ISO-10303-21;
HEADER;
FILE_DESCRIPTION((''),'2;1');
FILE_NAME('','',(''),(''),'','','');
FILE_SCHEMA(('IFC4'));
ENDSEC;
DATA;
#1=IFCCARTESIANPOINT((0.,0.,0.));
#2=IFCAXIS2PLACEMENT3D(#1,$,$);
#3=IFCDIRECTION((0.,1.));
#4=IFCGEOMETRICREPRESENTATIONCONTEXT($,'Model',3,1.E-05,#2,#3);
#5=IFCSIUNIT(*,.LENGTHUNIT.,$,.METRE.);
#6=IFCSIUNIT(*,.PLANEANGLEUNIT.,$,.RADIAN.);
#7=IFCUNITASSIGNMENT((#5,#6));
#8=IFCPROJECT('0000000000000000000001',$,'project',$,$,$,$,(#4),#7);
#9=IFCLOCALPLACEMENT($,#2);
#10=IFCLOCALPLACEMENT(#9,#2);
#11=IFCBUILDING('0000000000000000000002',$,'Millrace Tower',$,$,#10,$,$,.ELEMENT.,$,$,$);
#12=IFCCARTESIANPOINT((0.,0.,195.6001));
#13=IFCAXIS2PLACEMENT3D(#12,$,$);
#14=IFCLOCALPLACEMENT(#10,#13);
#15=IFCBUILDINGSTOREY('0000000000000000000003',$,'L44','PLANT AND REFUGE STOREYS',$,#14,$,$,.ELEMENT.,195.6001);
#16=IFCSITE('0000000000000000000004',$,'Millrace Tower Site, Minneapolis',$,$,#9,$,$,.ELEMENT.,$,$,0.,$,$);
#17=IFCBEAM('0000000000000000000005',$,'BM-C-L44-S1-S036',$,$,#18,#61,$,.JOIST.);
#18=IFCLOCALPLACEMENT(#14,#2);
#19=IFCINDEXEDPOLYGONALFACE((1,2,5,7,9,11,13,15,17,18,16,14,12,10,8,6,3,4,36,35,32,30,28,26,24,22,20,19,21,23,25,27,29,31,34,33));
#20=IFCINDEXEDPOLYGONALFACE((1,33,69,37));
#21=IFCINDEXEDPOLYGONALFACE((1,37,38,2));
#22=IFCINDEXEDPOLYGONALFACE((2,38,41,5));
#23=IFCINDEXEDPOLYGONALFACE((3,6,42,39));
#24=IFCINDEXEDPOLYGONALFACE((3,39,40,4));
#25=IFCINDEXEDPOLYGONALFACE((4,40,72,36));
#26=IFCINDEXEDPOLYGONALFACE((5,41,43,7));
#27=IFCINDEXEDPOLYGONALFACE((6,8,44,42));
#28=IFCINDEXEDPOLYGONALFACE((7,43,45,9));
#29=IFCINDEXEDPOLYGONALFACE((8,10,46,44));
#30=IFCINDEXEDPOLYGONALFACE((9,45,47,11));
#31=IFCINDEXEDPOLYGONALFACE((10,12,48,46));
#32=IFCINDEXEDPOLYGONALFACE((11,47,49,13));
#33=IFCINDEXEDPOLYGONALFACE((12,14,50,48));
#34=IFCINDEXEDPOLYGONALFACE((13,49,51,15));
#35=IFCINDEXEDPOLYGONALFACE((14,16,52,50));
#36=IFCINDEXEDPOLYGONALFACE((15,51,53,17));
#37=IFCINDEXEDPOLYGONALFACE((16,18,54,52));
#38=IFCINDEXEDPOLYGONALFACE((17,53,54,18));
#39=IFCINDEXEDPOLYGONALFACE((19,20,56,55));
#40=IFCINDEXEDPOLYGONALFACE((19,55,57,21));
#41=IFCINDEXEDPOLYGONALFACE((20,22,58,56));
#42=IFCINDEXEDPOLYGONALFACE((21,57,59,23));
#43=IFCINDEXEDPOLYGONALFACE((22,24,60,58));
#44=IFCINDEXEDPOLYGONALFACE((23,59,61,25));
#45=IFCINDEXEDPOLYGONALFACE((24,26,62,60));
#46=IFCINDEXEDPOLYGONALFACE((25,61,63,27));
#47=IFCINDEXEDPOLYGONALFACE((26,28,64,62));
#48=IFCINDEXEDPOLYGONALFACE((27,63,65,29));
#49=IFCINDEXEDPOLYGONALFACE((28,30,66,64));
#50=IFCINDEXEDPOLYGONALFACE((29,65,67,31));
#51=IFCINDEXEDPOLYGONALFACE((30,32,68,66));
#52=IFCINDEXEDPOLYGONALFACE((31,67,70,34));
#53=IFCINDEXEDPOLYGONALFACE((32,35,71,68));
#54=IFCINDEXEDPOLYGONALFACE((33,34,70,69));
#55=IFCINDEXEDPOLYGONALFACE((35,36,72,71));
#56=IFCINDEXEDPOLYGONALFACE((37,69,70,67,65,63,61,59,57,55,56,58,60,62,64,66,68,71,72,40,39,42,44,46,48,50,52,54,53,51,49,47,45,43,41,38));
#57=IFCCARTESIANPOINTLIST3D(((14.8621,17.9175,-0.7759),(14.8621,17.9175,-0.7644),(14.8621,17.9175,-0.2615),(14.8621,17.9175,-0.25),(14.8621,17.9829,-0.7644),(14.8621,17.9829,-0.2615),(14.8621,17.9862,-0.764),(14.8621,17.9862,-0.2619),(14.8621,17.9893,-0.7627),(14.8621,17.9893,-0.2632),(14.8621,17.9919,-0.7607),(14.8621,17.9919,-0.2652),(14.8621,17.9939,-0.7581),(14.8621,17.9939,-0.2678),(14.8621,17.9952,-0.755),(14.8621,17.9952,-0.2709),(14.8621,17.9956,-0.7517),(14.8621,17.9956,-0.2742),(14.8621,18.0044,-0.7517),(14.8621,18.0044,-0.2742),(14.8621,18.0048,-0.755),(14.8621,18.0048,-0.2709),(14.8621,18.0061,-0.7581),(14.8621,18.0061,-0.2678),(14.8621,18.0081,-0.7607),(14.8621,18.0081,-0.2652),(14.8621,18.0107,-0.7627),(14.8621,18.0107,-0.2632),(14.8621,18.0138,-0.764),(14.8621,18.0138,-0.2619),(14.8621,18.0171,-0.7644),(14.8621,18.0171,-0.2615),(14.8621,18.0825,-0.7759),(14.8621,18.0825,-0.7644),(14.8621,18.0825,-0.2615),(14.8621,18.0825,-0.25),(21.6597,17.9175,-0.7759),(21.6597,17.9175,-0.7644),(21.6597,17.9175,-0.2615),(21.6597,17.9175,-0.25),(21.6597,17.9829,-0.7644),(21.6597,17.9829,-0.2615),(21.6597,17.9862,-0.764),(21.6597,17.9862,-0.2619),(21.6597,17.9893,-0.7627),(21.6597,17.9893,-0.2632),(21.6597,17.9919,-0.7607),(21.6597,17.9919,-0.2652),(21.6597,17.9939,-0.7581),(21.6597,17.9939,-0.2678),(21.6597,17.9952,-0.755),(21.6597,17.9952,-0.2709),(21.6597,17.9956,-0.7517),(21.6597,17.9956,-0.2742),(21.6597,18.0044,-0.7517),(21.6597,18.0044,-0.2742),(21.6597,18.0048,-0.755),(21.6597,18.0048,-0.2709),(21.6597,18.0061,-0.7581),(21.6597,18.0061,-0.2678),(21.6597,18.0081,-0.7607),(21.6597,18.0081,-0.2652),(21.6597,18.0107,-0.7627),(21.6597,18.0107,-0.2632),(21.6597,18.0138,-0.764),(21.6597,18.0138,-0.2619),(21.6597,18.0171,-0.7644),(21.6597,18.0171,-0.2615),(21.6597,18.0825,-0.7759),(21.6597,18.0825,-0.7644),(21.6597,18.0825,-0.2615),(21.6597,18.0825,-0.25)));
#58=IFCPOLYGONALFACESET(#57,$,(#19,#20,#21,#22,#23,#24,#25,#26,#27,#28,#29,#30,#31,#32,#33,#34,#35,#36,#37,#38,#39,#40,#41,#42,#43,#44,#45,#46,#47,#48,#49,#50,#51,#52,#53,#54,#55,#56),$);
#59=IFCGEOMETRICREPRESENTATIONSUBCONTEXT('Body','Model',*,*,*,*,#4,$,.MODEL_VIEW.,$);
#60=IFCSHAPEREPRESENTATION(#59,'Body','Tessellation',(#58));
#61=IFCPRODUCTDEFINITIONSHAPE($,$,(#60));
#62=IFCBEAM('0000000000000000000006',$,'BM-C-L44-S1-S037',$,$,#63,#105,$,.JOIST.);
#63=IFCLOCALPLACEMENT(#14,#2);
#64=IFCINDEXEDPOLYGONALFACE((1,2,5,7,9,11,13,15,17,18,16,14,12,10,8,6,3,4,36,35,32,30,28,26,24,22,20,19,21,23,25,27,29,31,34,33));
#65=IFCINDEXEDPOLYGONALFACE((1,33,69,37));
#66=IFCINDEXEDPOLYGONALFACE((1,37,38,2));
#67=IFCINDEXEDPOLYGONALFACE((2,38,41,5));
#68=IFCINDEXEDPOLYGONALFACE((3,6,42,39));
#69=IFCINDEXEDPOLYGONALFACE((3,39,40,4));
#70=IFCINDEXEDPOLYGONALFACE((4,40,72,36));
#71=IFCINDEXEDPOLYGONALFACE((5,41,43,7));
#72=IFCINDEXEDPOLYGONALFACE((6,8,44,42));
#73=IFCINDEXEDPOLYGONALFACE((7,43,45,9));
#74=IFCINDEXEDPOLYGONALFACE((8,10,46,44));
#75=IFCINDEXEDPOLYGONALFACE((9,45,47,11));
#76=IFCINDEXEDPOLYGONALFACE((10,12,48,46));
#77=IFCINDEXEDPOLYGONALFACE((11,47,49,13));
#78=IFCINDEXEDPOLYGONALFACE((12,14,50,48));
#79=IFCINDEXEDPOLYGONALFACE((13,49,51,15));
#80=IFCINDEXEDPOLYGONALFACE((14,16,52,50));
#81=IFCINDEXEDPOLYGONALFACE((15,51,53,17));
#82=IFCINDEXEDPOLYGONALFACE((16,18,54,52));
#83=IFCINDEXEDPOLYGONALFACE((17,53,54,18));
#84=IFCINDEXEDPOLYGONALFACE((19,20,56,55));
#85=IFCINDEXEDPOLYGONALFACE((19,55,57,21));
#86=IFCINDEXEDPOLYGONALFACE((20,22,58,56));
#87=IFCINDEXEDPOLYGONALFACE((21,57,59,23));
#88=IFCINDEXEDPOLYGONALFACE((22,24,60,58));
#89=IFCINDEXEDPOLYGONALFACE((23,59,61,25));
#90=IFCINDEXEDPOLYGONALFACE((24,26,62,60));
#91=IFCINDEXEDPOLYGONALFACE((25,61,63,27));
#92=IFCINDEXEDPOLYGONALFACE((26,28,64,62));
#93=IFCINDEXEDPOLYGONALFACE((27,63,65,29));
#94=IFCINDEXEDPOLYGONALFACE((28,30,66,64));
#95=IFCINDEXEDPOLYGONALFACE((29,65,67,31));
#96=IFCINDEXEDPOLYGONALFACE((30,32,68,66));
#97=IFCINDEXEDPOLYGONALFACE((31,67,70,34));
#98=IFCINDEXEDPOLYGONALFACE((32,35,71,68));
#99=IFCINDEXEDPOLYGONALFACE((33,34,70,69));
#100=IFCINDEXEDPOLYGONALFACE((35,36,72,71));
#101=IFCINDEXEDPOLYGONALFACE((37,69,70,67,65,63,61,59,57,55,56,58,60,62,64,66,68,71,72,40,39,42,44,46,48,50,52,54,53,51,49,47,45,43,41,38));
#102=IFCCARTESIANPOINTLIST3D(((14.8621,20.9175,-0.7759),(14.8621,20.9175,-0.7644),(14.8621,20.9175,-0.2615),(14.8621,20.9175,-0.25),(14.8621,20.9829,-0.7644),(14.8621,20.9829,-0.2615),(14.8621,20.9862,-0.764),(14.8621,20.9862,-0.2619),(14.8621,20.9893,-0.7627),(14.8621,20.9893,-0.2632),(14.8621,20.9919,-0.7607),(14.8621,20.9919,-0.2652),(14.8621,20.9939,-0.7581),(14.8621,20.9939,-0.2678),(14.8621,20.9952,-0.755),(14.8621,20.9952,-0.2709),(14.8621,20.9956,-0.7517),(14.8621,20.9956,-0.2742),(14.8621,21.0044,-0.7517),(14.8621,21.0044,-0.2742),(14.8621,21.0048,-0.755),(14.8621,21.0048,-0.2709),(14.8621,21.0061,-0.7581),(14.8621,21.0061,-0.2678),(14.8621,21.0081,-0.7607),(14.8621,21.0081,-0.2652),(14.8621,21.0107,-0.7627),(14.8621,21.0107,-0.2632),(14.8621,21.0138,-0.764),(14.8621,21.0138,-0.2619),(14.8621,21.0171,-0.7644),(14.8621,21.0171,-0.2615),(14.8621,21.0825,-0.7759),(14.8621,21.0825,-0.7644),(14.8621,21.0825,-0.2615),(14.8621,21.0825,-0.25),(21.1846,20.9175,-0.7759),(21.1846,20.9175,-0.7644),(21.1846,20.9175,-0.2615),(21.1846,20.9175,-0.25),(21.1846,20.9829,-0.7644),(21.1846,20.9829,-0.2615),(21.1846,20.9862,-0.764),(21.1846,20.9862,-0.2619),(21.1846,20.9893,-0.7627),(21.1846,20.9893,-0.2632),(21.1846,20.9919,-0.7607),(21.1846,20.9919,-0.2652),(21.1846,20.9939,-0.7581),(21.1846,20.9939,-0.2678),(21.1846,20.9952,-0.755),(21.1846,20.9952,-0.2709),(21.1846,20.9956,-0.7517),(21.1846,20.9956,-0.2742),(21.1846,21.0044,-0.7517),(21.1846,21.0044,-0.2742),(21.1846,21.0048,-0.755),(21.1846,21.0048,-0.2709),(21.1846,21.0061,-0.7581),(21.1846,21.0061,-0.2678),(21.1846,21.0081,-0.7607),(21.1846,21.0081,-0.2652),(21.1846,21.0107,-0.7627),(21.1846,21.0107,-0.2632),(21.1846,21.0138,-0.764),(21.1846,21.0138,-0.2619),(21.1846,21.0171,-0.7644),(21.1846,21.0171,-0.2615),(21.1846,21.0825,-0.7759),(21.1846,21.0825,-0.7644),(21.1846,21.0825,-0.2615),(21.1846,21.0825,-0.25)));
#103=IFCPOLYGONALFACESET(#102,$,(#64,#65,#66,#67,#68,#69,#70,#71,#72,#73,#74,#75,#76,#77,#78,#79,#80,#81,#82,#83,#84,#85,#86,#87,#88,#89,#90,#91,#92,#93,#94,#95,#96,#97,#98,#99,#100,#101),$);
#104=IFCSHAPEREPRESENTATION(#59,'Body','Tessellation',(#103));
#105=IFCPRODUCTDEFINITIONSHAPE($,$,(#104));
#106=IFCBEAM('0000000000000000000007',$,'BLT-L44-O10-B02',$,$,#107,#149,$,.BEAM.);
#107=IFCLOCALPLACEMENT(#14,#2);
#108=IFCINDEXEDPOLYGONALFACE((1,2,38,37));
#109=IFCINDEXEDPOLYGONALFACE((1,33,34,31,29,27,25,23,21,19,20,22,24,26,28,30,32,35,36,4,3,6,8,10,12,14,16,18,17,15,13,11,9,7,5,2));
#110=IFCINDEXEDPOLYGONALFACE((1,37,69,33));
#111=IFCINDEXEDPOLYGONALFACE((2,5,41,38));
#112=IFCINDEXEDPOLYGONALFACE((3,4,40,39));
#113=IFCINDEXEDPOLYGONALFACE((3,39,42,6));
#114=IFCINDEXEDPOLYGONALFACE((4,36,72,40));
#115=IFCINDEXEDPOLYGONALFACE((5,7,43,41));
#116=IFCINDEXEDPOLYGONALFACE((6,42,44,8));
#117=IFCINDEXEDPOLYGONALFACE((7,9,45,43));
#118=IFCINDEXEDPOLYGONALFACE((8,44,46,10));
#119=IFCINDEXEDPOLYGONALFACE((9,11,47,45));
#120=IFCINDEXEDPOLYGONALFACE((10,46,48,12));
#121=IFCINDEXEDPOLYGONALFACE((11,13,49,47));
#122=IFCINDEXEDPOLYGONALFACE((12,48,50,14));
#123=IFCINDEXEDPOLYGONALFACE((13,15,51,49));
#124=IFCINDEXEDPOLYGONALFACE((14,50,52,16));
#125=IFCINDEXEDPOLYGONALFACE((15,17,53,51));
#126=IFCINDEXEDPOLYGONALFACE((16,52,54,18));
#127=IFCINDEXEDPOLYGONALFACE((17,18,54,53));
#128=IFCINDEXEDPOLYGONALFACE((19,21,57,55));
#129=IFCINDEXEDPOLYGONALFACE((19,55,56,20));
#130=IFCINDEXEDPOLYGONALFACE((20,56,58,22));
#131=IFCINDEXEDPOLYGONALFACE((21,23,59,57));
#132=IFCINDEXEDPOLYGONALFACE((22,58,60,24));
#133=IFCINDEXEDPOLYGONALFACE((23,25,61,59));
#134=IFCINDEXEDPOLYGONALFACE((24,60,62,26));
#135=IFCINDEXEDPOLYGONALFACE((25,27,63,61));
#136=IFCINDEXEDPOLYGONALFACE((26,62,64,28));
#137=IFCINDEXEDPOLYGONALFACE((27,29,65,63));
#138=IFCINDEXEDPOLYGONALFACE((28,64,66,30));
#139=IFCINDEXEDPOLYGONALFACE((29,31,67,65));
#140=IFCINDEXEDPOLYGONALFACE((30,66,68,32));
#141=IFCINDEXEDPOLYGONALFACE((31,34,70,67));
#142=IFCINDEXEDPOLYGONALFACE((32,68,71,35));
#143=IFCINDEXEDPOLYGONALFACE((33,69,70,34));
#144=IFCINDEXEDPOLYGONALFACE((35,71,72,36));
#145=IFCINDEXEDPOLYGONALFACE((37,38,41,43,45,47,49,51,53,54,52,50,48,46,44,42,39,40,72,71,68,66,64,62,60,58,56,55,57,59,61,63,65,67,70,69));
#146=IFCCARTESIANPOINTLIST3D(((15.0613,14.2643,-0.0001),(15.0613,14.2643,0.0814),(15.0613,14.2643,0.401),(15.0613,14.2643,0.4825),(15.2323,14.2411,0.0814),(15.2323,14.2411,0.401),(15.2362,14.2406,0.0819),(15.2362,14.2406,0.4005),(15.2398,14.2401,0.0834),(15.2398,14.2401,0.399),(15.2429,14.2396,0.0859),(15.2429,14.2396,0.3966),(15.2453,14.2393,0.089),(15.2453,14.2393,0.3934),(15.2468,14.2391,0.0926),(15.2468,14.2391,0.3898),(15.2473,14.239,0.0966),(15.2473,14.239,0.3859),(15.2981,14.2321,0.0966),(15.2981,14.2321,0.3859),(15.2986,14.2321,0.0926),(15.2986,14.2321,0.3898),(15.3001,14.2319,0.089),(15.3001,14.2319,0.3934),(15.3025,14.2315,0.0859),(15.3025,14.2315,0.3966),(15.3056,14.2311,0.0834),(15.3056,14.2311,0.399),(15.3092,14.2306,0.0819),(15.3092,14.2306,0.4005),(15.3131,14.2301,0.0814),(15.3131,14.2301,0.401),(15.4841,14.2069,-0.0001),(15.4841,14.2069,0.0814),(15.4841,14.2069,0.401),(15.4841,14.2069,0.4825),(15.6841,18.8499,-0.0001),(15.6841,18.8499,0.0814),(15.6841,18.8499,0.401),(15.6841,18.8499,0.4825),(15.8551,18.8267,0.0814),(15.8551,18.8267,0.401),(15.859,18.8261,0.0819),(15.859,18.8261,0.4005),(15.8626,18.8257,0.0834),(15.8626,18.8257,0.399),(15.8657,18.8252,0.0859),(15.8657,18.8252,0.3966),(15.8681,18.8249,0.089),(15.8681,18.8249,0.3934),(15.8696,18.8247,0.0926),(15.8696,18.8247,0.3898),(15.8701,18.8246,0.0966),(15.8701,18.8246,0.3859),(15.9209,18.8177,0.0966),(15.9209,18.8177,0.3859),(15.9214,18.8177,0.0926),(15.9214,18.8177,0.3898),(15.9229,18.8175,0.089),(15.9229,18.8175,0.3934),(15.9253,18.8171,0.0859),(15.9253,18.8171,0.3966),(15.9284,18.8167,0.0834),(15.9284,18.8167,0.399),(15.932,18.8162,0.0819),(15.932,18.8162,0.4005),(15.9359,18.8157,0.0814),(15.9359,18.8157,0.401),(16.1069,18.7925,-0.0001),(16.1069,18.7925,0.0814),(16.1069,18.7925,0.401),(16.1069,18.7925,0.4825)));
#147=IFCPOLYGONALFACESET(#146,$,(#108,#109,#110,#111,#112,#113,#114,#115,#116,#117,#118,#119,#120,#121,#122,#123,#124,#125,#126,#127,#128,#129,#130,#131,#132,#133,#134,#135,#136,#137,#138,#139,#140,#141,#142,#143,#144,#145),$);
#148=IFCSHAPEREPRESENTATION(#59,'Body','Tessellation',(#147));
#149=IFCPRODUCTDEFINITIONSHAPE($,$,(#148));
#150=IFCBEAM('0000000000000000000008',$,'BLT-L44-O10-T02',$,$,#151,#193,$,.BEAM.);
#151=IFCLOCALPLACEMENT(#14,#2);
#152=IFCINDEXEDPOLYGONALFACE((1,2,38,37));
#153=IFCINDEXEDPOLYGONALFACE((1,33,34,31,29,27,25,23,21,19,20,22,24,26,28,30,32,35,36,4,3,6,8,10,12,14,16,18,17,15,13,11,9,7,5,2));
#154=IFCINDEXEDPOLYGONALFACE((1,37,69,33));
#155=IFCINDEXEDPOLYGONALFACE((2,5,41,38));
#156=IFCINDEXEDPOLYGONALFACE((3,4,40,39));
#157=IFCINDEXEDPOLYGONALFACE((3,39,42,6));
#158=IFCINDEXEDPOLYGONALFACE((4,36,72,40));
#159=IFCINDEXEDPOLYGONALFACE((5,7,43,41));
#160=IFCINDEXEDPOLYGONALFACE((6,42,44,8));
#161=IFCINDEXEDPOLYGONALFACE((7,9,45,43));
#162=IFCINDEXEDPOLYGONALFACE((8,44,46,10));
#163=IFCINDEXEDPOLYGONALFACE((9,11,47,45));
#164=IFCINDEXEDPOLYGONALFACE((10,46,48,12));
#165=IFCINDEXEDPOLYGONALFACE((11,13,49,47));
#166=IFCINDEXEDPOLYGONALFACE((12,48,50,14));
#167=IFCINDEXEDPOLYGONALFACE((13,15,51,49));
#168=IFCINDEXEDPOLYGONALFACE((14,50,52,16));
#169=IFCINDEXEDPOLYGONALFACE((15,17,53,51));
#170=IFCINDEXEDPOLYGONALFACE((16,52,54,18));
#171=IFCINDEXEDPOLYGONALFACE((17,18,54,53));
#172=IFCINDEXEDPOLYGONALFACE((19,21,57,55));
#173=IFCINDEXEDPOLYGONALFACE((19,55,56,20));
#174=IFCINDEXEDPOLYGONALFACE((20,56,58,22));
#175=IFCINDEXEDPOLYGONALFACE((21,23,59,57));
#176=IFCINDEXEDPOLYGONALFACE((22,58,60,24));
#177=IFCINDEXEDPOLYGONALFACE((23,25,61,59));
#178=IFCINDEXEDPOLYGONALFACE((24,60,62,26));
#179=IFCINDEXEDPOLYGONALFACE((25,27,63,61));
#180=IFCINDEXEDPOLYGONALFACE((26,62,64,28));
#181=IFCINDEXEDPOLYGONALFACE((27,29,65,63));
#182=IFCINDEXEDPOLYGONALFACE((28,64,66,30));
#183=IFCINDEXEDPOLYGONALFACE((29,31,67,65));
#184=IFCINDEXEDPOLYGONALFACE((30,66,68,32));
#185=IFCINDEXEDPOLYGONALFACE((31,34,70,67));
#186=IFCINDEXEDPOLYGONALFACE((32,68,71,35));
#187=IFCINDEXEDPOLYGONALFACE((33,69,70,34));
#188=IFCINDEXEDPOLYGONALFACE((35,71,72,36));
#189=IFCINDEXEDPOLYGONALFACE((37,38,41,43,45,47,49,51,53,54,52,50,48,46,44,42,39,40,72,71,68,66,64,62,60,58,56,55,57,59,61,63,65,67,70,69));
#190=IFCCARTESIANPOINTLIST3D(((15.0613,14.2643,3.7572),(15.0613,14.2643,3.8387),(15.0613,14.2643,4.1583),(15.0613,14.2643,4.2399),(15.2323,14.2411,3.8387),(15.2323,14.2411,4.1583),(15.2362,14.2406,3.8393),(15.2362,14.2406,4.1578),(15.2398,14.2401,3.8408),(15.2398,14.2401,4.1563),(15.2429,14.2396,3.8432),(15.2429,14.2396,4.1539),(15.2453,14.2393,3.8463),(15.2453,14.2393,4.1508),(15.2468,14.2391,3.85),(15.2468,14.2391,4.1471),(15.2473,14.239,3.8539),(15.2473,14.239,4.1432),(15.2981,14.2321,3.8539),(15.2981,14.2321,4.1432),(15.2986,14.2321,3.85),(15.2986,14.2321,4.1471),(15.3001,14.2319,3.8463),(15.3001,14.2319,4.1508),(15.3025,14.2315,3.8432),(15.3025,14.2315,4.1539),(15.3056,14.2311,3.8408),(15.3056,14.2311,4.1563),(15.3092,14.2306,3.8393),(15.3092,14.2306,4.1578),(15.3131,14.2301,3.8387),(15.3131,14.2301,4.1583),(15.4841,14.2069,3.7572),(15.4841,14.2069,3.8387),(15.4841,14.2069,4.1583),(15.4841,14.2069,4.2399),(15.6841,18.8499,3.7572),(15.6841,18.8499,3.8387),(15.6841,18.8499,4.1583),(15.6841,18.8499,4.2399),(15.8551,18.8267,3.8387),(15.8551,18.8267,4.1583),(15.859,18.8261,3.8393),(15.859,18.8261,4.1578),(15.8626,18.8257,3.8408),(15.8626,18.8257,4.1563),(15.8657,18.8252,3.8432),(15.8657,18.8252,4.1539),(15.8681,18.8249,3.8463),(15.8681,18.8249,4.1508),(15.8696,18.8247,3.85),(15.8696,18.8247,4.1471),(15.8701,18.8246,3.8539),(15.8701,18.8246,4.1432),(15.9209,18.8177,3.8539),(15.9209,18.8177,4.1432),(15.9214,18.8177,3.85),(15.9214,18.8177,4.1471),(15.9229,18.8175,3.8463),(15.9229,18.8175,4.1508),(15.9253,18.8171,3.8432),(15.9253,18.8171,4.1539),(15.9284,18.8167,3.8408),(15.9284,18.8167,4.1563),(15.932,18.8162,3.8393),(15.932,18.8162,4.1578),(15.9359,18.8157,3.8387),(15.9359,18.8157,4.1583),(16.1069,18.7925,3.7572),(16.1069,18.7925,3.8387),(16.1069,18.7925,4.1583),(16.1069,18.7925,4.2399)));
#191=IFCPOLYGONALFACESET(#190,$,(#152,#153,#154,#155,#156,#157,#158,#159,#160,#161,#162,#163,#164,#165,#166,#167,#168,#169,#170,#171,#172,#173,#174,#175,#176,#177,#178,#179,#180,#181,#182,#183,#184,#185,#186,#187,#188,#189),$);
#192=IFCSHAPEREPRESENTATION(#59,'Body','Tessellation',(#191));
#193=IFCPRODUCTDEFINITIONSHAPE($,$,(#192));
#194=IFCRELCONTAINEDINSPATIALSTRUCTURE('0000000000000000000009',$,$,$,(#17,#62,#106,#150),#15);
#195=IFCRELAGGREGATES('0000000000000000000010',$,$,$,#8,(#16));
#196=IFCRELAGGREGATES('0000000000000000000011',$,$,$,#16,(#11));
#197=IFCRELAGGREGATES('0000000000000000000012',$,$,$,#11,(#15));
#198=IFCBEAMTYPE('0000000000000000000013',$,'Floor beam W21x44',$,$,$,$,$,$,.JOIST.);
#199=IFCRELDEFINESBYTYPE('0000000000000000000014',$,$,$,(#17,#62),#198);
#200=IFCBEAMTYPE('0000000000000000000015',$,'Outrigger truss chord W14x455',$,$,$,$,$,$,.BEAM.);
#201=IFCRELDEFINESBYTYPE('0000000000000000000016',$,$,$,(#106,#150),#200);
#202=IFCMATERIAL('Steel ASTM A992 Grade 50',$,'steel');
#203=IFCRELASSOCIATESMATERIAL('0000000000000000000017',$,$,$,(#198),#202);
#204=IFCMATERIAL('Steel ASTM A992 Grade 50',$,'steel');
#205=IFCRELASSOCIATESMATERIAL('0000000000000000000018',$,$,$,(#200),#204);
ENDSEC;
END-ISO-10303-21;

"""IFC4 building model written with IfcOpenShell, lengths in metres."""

from ifc_helpers import new_model, si_unit, direction, frame, origin, origin_2d, place, context, subcontext, project, spatial, i_section, extrude, material, material_profile, profile_set, type_object, element, save


model = new_model("IFC4")

# Units and contexts
model_context = context("Model", 3, precision=1e-05, world=origin(), true_north=direction((0.0, 1.0)))
body_context = subcontext(model_context, "Body", "Model", "MODEL_VIEW")
ifc_project = project(units=[si_unit("LENGTHUNIT", "METRE"), si_unit("PLANEANGLEUNIT", "RADIAN")], contexts=[model_context])

# Site, building, storey
site_placement = place(None, origin())
site = spatial("IfcSite", under=ifc_project, at=site_placement, Name="Millrace Tower Site, Minneapolis", CompositionType="ELEMENT", RefElevation=0.0)
building_placement = place(site_placement, origin())
building = spatial("IfcBuilding", under=site, at=building_placement, Name="Millrace Tower", CompositionType="ELEMENT")
storey_placement = place(building_placement, frame((0.0, 0.0, 195.6001)))
storey = spatial("IfcBuildingStorey", under=building, at=storey_placement, Name="L44", Description="PLANT AND REFUGE STOREYS", CompositionType="ELEMENT", Elevation=195.6001)

# Beams
ifc_material_1 = material(Name="Steel ASTM A992 Grade 50", Category="steel")
ifc_material_profile_1 = material_profile(ifc_material_1, i_section(OverallWidth=0.165, OverallDepth=0.5259, WebThickness=0.0088, FlangeThickness=0.0115, FilletRadius=0.0127, at=origin_2d()))
ifc_profile_set_1 = profile_set([ifc_material_profile_1], Name="Steel ASTM A992 Grade 50")
beam_type_1 = type_object("IfcBeamType", Name="Floor beam W21x44", PredefinedType="JOIST", material=ifc_profile_set_1)
beam_1_placement = place(storey_placement, frame((14.8621, 18.0, -0.5129), z_axis=(1.0, 0.0, 0.0), x_axis=(0.0, 1.0, 0.0)))
element("IfcBeam", 1, at=beam_1_placement, inside=storey, type_object=beam_type_1, Name="BM-C-L44-S1-S036", PredefinedType="JOIST", context=body_context, shape_type="SweptSolid", body=[
    extrude(i_section(OverallWidth=0.165, OverallDepth=0.5259, WebThickness=0.0088, FlangeThickness=0.0115, FilletRadius=0.0127, at=origin_2d()), origin(), (0.0, 0.0, 1.0), 6.7976),
])
beam_2_placement = place(storey_placement, frame((14.8621, 21.0, -0.5129), z_axis=(1.0, 0.0, 0.0), x_axis=(0.0, 1.0, 0.0)))
element("IfcBeam", 2, at=beam_2_placement, inside=storey, type_object=beam_type_1, Name="BM-C-L44-S1-S037", PredefinedType="JOIST", context=body_context, shape_type="SweptSolid", body=[
    extrude(i_section(OverallWidth=0.165, OverallDepth=0.5259, WebThickness=0.0088, FlangeThickness=0.0115, FilletRadius=0.0127, at=origin_2d()), origin(), (0.0, 0.0, 1.0), 6.3225),
])
ifc_material_2 = material(Name="Steel ASTM A992 Grade 50", Category="steel")
ifc_material_profile_2 = material_profile(ifc_material_2, i_section(OverallWidth=0.4268, OverallDepth=0.4827, WebThickness=0.0513, FlangeThickness=0.0815, FilletRadius=0.0151, at=origin_2d()))
ifc_profile_set_2 = profile_set([ifc_material_profile_2], Name="Steel ASTM A992 Grade 50")
beam_type_2 = type_object("IfcBeamType", Name="Outrigger truss chord W14x455", PredefinedType="BEAM", material=ifc_profile_set_2)
for number, where, z_axis, x_axis, name in (
    (3, (15.2727, 14.2356, 0.2412), (0.134579, 0.990903, 0.0), (-0.990903, 0.134579, 0.0), "BLT-L44-O10-B02"),
    (4, (15.2727, 14.2356, 3.9985), (0.134579, 0.990903, 0.0), (-0.990903, 0.134579, 0.0), "BLT-L44-O10-T02"),
):
    element("IfcBeam", number, at=place(storey_placement, frame(where, z_axis=z_axis, x_axis=x_axis)), inside=storey, type_object=beam_type_2, Name=name, PredefinedType="BEAM", context=body_context, shape_type="SweptSolid", body=[
        extrude(i_section(OverallWidth=0.4268, OverallDepth=0.4827, WebThickness=0.0513, FlangeThickness=0.0815, FilletRadius=0.0151, at=origin_2d()), origin(), (0.0, 0.0, 1.0), 4.6277),
    ])

save(model, "model.ifc")
